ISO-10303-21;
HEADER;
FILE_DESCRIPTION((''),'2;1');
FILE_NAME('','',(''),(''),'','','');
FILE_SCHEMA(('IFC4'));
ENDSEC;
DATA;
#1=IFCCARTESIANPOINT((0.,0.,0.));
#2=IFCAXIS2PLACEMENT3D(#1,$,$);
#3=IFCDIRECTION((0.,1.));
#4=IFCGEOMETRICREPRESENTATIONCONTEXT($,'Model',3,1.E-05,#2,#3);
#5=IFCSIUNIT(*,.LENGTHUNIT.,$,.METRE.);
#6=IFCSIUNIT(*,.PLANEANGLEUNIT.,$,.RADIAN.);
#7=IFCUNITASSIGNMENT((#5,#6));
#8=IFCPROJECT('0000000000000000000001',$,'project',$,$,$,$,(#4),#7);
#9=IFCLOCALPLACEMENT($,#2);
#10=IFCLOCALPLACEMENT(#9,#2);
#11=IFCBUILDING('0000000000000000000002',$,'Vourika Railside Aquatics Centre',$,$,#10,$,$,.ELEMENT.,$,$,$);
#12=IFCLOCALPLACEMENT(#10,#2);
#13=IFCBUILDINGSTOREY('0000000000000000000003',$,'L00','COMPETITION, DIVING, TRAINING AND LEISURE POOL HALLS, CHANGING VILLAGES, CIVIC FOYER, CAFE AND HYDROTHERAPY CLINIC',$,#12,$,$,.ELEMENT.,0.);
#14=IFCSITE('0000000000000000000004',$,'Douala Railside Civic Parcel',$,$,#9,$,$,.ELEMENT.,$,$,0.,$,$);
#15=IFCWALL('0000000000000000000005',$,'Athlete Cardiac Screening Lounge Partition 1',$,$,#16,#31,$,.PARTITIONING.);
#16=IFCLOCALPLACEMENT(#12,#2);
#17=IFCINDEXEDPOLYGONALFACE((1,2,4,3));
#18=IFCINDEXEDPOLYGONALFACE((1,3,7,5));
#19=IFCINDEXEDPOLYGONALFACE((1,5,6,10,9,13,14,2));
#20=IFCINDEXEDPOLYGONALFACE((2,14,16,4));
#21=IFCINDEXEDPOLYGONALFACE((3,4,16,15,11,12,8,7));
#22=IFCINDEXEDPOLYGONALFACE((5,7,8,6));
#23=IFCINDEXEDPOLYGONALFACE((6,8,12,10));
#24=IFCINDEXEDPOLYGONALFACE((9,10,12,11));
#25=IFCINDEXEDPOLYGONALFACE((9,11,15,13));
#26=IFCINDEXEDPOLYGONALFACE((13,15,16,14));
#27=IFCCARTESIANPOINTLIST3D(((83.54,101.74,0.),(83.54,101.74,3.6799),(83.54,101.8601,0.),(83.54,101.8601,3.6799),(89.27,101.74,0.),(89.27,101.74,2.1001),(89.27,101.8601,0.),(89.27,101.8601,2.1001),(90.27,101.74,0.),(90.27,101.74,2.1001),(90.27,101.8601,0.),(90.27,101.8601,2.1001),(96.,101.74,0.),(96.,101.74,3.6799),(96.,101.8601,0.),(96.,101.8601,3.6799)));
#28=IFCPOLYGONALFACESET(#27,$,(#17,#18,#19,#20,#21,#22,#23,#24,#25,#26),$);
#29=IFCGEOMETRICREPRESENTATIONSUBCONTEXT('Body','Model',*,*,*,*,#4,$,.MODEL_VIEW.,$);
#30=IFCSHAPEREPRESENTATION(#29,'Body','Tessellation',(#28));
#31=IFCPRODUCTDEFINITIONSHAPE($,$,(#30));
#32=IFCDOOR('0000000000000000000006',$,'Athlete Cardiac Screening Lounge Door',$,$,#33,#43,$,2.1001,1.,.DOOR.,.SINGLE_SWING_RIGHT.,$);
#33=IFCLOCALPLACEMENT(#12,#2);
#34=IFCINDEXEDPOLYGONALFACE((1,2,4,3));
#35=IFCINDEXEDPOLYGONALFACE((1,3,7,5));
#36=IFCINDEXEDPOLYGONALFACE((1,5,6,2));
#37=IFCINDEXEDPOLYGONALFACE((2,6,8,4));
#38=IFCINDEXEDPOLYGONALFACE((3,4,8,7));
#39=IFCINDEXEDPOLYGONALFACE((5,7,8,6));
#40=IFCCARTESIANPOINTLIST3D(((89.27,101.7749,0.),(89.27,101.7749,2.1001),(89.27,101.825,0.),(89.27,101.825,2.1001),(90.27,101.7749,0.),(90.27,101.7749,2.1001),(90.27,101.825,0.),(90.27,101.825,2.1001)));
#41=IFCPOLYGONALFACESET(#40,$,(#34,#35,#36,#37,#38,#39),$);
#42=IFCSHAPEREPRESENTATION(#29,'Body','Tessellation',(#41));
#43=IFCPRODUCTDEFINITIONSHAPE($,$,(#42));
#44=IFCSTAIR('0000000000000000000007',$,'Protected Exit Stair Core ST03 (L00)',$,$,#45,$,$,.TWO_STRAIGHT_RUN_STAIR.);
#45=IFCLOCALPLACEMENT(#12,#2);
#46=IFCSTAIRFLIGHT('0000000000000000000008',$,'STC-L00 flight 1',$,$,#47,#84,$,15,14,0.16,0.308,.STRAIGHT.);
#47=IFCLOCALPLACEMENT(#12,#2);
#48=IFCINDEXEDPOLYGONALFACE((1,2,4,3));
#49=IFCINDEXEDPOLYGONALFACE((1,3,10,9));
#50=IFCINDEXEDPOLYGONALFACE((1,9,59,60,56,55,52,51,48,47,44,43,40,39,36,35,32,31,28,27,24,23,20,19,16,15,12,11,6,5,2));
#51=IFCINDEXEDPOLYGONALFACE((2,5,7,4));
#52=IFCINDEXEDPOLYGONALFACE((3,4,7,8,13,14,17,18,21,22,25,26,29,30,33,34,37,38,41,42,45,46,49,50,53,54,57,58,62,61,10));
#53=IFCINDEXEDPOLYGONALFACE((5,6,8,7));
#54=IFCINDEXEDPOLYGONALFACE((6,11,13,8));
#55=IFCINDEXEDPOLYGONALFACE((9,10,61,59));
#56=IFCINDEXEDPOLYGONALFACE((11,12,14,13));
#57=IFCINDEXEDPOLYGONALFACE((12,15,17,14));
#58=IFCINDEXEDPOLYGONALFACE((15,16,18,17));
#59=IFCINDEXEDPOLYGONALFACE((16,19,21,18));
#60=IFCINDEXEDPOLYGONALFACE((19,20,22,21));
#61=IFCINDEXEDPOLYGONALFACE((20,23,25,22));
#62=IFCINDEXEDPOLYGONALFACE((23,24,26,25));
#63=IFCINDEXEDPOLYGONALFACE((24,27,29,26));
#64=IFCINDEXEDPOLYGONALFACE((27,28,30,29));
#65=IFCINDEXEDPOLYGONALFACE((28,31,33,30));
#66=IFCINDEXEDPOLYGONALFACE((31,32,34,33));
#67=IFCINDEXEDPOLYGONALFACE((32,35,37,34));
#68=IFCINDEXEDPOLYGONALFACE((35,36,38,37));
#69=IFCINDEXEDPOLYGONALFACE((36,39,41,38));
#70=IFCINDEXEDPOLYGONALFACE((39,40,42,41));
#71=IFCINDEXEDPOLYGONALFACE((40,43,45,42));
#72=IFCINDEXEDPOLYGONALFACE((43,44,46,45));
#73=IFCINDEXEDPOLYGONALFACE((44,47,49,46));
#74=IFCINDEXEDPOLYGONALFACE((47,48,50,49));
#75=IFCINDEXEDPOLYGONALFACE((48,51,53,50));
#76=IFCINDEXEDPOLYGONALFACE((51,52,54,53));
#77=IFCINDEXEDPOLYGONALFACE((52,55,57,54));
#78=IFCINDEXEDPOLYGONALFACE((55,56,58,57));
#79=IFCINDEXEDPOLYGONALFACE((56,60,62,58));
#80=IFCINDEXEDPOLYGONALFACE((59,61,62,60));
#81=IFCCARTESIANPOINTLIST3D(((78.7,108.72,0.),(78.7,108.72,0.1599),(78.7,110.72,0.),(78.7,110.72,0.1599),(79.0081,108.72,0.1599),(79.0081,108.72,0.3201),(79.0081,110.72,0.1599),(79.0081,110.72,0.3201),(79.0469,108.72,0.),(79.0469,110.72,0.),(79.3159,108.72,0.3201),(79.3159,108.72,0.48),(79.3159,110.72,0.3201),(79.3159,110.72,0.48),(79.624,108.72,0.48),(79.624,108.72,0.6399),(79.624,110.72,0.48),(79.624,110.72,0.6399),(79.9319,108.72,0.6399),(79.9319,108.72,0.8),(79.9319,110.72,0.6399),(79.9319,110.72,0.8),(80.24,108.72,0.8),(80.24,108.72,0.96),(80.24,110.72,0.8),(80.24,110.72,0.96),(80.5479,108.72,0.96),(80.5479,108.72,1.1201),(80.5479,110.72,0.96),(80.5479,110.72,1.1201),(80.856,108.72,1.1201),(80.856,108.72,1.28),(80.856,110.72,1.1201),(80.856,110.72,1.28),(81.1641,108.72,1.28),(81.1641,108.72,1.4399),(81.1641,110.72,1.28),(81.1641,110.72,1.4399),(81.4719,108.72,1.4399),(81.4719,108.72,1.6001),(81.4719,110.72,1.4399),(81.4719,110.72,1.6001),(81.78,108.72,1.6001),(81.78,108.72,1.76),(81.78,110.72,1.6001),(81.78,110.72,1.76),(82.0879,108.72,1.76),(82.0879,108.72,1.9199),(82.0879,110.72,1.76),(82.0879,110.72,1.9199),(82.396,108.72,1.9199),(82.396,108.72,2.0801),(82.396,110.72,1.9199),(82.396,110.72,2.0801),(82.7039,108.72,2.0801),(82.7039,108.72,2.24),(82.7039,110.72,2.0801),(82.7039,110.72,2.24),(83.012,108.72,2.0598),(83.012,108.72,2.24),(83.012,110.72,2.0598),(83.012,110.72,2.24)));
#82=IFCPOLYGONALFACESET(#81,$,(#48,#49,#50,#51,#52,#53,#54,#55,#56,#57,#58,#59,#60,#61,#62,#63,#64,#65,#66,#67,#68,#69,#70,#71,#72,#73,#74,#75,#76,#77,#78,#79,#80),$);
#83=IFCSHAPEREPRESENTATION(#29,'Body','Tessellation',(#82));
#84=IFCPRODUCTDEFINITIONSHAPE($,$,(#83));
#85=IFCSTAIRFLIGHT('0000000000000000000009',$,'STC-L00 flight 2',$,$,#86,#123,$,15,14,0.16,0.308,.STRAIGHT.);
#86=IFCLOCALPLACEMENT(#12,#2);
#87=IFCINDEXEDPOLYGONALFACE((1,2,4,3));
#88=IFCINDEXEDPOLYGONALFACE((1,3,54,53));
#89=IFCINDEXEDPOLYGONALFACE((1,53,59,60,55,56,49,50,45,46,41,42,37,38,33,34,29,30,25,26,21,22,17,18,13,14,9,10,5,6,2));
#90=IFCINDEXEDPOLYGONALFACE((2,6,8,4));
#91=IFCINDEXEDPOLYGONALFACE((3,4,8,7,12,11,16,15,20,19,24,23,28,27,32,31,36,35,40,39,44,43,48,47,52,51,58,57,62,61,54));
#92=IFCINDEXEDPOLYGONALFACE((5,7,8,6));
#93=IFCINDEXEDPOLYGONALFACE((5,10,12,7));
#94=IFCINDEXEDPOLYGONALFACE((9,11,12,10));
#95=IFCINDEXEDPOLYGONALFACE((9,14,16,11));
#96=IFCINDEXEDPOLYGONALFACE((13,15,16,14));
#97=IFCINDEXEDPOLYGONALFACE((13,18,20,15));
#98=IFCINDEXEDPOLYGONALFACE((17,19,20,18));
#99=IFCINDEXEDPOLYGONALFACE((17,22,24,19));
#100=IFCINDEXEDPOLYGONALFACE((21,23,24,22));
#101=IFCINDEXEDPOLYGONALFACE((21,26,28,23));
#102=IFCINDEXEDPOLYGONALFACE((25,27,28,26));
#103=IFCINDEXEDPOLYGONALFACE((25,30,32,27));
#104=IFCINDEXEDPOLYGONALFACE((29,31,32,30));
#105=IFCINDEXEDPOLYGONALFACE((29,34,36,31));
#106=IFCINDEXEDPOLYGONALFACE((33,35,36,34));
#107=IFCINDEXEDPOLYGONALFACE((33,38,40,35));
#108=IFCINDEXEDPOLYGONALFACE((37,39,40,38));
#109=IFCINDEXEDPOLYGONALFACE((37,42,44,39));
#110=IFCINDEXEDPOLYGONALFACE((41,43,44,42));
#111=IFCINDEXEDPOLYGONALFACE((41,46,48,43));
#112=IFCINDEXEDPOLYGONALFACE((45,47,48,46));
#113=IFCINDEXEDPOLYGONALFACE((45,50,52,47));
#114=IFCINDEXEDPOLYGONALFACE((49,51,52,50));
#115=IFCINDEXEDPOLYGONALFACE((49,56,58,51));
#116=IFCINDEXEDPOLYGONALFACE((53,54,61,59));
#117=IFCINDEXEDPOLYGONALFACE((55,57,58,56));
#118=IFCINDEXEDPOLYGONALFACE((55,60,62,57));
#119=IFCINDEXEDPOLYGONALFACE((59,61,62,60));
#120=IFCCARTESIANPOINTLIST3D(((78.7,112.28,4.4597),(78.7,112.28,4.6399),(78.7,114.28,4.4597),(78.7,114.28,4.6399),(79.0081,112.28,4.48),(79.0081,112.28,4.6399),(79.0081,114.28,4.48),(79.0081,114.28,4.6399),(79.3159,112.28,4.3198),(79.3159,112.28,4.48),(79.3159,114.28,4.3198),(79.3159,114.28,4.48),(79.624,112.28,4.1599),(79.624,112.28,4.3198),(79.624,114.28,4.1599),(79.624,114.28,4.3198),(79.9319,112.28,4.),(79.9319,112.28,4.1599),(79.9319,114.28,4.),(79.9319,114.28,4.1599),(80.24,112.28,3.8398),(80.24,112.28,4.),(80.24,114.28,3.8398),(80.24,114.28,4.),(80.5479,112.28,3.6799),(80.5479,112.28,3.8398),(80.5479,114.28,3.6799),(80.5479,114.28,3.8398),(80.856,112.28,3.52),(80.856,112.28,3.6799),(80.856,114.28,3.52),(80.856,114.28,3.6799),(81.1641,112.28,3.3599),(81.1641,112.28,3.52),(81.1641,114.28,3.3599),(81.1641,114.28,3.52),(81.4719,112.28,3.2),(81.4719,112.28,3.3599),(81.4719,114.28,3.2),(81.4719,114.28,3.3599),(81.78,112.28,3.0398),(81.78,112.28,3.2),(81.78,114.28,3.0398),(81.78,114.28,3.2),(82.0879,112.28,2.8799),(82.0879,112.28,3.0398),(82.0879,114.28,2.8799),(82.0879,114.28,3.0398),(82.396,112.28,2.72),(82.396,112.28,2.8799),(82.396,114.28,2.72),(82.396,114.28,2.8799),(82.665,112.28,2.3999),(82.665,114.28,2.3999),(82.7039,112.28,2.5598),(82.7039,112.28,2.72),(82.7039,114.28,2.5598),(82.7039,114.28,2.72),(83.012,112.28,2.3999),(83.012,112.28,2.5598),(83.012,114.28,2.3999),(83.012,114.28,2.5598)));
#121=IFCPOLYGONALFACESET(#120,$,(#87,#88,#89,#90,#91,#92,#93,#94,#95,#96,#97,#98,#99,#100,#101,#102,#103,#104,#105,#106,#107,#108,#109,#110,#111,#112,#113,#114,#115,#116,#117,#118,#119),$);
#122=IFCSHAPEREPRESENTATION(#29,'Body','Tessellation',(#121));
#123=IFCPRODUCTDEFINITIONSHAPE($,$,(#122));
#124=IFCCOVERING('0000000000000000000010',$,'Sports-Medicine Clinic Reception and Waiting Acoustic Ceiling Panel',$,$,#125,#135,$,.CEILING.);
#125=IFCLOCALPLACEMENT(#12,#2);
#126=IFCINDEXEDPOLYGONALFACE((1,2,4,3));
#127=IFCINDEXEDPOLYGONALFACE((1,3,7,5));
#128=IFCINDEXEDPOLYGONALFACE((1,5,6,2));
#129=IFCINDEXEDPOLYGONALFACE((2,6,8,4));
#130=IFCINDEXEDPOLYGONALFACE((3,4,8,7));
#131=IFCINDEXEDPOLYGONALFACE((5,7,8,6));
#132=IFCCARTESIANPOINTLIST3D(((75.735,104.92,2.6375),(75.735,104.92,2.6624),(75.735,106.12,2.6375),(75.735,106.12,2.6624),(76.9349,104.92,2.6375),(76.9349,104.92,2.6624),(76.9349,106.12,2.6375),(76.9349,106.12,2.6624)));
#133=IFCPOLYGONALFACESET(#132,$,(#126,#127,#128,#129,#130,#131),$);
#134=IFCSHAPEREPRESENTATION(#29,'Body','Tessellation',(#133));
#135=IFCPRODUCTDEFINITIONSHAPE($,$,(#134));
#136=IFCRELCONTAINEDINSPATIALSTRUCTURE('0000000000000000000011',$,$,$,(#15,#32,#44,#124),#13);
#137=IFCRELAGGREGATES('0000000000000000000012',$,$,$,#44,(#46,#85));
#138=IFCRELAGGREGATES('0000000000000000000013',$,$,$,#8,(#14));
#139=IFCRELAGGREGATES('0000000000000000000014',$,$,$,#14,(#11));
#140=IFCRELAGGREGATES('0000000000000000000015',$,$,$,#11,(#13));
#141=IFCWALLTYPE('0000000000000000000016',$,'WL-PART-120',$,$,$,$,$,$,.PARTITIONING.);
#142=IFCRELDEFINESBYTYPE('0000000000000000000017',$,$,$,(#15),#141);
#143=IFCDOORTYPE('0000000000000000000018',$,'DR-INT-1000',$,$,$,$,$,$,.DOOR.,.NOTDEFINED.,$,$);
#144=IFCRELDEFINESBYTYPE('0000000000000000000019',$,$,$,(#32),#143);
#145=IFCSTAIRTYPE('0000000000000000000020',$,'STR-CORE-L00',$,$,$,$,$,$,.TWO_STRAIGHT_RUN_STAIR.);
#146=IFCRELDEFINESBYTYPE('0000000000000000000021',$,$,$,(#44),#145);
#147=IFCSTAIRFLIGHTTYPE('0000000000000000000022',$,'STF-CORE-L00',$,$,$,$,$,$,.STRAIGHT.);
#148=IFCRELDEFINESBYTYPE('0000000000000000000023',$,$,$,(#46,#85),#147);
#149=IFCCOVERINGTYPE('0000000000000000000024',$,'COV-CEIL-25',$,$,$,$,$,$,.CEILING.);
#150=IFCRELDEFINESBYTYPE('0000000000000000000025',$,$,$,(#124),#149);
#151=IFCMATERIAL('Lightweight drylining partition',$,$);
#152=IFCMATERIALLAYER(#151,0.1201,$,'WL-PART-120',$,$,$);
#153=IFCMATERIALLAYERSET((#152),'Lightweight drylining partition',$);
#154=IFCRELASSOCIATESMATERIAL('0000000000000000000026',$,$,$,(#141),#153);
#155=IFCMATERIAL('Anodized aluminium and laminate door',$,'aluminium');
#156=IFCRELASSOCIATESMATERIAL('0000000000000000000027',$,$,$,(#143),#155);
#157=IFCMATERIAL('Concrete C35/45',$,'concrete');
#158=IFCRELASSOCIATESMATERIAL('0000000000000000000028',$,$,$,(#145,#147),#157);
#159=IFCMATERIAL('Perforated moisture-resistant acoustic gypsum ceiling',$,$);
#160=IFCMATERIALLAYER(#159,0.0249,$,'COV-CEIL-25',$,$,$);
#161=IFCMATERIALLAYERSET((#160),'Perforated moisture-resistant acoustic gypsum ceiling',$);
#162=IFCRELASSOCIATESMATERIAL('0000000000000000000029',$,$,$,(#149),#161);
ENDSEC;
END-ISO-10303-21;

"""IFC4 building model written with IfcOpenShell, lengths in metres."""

from ifc_helpers import new_model, si_unit, direction, frame, frame_2d, origin, origin_2d, place, context, subcontext, project, spatial, polyline, rectangle, outline, extrude, material, layer, layer_set, type_object, element, fill, aggregate, save


model = new_model("IFC4")

# Units and contexts
model_context = context("Model", 3, precision=1e-05, world=origin(), true_north=direction((0.0, 1.0)))
body_context = subcontext(model_context, "Body", "Model", "MODEL_VIEW")
ifc_project = project(units=[si_unit("LENGTHUNIT", "METRE"), si_unit("PLANEANGLEUNIT", "RADIAN")], contexts=[model_context])

# Site, building, storey
site_placement = place(None, origin())
site = spatial("IfcSite", under=ifc_project, at=site_placement, Name="Douala Railside Civic Parcel", CompositionType="ELEMENT", RefElevation=0.0)
building_placement = place(site_placement, origin())
building = spatial("IfcBuilding", under=site, at=building_placement, Name="Vourika Railside Aquatics Centre", CompositionType="ELEMENT")
storey_placement = place(building_placement, origin())
storey = spatial("IfcBuildingStorey", under=building, at=storey_placement, Name="L00", Description="COMPETITION, DIVING, TRAINING AND LEISURE POOL HALLS, CHANGING VILLAGES, CIVIC FOYER, CAFE AND HYDROTHERAPY CLINIC", CompositionType="ELEMENT", Elevation=0.0)

# Shared definitions
ifc_material_1 = material(Name="Concrete C35/45", Category="concrete")

# Wall, opening, door
ifc_material_2 = material(Name="Lightweight drylining partition")
ifc_layer_1 = layer(ifc_material_2, 0.1201, Name="WL-PART-120")
ifc_layer_set_1 = layer_set([ifc_layer_1], Name="Lightweight drylining partition")
wall_type_1 = type_object("IfcWallType", Name="WL-PART-120", PredefinedType="PARTITIONING", material=ifc_layer_set_1)
wall_1_placement = place(storey_placement, frame((83.54, 101.8, 0.0), z_axis=(0.0, 0.0, 1.0), x_axis=(1.0, 0.0, 0.0)))
wall_1 = element("IfcWall", 1, at=wall_1_placement, inside=storey, type_object=wall_type_1, Name="Athlete Cardiac Screening Lounge Partition 1", PredefinedType="PARTITIONING", context=body_context, shape_type="SweptSolid", body=[
    extrude(rectangle(XDim=12.46, YDim=0.1201, at=frame_2d((6.23, 0.0))), origin(), (0.0, 0.0, 1.0), 3.6799),
])
opening_1_placement = place(wall_1_placement, frame((5.73, 0.0, 0.0)))
opening_1 = element("IfcOpeningElement", 2, at=opening_1_placement, cuts=wall_1, PredefinedType="OPENING", context=body_context, shape_type="SweptSolid", body=[
    extrude(rectangle(XDim=1.0, YDim=2.1001, at=frame_2d((0.5, 1.05))), frame((0.0, 0.0701, 0.0), z_axis=(0.0, -1.0, 0.0), x_axis=(1.0, 0.0, 0.0)), (0.0, 0.0, 1.0), 0.1401),
])
ifc_material_3 = material(Name="Anodized aluminium and laminate door", Category="aluminium")
door_type_1 = type_object("IfcDoorType", Name="DR-INT-1000", OperationType="NOTDEFINED", PredefinedType="DOOR", material=ifc_material_3)
door_1_placement = place(opening_1_placement, origin())
door_1 = element("IfcDoor", 3, at=door_1_placement, inside=storey, type_object=door_type_1, Name="Athlete Cardiac Screening Lounge Door", OperationType="SINGLE_SWING_RIGHT", OverallHeight=2.1001, OverallWidth=1.0, PredefinedType="DOOR", context=body_context, shape_type="SweptSolid", body=[
    extrude(rectangle(XDim=1.0, YDim=2.1001, at=frame_2d((0.5, 1.05))), frame((0.0, 0.0249, 0.0), z_axis=(0.0, -1.0, 0.0), x_axis=(1.0, 0.0, 0.0)), (0.0, 0.0, 1.0), 0.05),
])
fill(opening_1, door_1)

# Stair, stair flights
stair_type = type_object("IfcStairType", Name="STR-CORE-L00", PredefinedType="TWO_STRAIGHT_RUN_STAIR", material=ifc_material_1)
stair_placement = place(storey_placement, origin())
stair = element("IfcStair", 4, at=stair_placement, inside=storey, type_object=stair_type, Name="Protected Exit Stair Core ST03 (L00)", PredefinedType="TWO_STRAIGHT_RUN_STAIR")
stair_flight_type = type_object("IfcStairFlightType", Name="STF-CORE-L00", PredefinedType="STRAIGHT", material=ifc_material_1)
stair_flight_1_placement = place(storey_placement, frame((78.7, 109.72, 0.0), z_axis=(0.0, 0.0, 1.0), x_axis=(1.0, 0.0, 0.0)))
stair_flight_1 = element("IfcStairFlight", 5, at=stair_flight_1_placement, type_object=stair_flight_type, Name="STC-L00 flight 1", NumberOfRisers=15, NumberOfTreads=14, PredefinedType="STRAIGHT", RiserHeight=0.16, TreadLength=0.308, context=body_context, shape_type="SweptSolid", body=[
    extrude(outline(polyline([(0.0, 0.0), (0.0, 0.1599), (0.3081, 0.1599), (0.3081, 0.3201), (0.616, 0.3201), (0.616, 0.48), (0.9241, 0.48), (0.9241, 0.6399), (1.2319, 0.6399), (1.2319, 0.8), (1.54, 0.8), (1.54, 0.96), (1.8479, 0.96), (1.8479, 1.1201), (2.156, 1.1201), (2.156, 1.28), (2.4641, 1.28), (2.4641, 1.4399), (2.772, 1.4399), (2.772, 1.6001), (3.0801, 1.6001), (3.0801, 1.76), (3.3879, 1.76), (3.3879, 1.9199), (3.696, 1.9199), (3.696, 2.0801), (4.0039, 2.0801), (4.0039, 2.24), (4.312, 2.24), (4.312, 2.3999), (4.312, 2.0598), (0.3469, 0.0), (0.0, 0.0)])), frame((0.0, 1.0, 0.0), z_axis=(0.0, -1.0, 0.0), x_axis=(1.0, 0.0, 0.0)), (0.0, 0.0, 1.0), 2.0),
])
stair_flight_2_placement = place(storey_placement, frame((83.012, 113.28, 2.3999), z_axis=(0.0, 0.0, 1.0), x_axis=(-1.0, 0.0, 0.0)))
stair_flight_2 = element("IfcStairFlight", 6, at=stair_flight_2_placement, type_object=stair_flight_type, Name="STC-L00 flight 2", NumberOfRisers=15, NumberOfTreads=14, PredefinedType="STRAIGHT", RiserHeight=0.16, TreadLength=0.308, context=body_context, shape_type="SweptSolid", body=[
    extrude(outline(polyline([(0.0, 0.0), (0.0, 0.1599), (0.3081, 0.1599), (0.3081, 0.3201), (0.616, 0.3201), (0.616, 0.48), (0.9241, 0.48), (0.9241, 0.6399), (1.2319, 0.6399), (1.2319, 0.8), (1.54, 0.8), (1.54, 0.96), (1.8479, 0.96), (1.8479, 1.1201), (2.156, 1.1201), (2.156, 1.28), (2.4641, 1.28), (2.4641, 1.4399), (2.772, 1.4399), (2.772, 1.6001), (3.0801, 1.6001), (3.0801, 1.76), (3.3879, 1.76), (3.3879, 1.9199), (3.696, 1.9199), (3.696, 2.0801), (4.0039, 2.0801), (4.0039, 2.24), (4.312, 2.24), (4.312, 2.3999), (4.312, 2.0598), (0.3469, 0.0), (0.0, 0.0)])), frame((0.0, 1.0, 0.0), z_axis=(0.0, -1.0, 0.0), x_axis=(1.0, 0.0, 0.0)), (0.0, 0.0, 1.0), 2.0),
])
aggregate(stair, [stair_flight_1, stair_flight_2])

# Covering
ifc_material_4 = material(Name="Perforated moisture-resistant acoustic gypsum ceiling")
ifc_layer_2 = layer(ifc_material_4, 0.0249, Name="COV-CEIL-25")
ifc_layer_set_2 = layer_set([ifc_layer_2], Name="Perforated moisture-resistant acoustic gypsum ceiling")
covering_type = type_object("IfcCoveringType", Name="COV-CEIL-25", PredefinedType="CEILING", material=ifc_layer_set_2)
covering_placement = place(storey_placement, frame((76.335, 105.52, 2.6375), z_axis=(0.0, 0.0, 1.0), x_axis=(1.0, 0.0, 0.0)))
element("IfcCovering", 7, at=covering_placement, inside=storey, type_object=covering_type, Name="Sports-Medicine Clinic Reception and Waiting Acoustic Ceiling Panel", PredefinedType="CEILING", context=body_context, shape_type="SweptSolid", body=[
    extrude(rectangle(XDim=1.2, YDim=1.2, at=origin_2d()), origin(), (0.0, 0.0, 1.0), 0.0249),
])

save(model, "model.ifc")
